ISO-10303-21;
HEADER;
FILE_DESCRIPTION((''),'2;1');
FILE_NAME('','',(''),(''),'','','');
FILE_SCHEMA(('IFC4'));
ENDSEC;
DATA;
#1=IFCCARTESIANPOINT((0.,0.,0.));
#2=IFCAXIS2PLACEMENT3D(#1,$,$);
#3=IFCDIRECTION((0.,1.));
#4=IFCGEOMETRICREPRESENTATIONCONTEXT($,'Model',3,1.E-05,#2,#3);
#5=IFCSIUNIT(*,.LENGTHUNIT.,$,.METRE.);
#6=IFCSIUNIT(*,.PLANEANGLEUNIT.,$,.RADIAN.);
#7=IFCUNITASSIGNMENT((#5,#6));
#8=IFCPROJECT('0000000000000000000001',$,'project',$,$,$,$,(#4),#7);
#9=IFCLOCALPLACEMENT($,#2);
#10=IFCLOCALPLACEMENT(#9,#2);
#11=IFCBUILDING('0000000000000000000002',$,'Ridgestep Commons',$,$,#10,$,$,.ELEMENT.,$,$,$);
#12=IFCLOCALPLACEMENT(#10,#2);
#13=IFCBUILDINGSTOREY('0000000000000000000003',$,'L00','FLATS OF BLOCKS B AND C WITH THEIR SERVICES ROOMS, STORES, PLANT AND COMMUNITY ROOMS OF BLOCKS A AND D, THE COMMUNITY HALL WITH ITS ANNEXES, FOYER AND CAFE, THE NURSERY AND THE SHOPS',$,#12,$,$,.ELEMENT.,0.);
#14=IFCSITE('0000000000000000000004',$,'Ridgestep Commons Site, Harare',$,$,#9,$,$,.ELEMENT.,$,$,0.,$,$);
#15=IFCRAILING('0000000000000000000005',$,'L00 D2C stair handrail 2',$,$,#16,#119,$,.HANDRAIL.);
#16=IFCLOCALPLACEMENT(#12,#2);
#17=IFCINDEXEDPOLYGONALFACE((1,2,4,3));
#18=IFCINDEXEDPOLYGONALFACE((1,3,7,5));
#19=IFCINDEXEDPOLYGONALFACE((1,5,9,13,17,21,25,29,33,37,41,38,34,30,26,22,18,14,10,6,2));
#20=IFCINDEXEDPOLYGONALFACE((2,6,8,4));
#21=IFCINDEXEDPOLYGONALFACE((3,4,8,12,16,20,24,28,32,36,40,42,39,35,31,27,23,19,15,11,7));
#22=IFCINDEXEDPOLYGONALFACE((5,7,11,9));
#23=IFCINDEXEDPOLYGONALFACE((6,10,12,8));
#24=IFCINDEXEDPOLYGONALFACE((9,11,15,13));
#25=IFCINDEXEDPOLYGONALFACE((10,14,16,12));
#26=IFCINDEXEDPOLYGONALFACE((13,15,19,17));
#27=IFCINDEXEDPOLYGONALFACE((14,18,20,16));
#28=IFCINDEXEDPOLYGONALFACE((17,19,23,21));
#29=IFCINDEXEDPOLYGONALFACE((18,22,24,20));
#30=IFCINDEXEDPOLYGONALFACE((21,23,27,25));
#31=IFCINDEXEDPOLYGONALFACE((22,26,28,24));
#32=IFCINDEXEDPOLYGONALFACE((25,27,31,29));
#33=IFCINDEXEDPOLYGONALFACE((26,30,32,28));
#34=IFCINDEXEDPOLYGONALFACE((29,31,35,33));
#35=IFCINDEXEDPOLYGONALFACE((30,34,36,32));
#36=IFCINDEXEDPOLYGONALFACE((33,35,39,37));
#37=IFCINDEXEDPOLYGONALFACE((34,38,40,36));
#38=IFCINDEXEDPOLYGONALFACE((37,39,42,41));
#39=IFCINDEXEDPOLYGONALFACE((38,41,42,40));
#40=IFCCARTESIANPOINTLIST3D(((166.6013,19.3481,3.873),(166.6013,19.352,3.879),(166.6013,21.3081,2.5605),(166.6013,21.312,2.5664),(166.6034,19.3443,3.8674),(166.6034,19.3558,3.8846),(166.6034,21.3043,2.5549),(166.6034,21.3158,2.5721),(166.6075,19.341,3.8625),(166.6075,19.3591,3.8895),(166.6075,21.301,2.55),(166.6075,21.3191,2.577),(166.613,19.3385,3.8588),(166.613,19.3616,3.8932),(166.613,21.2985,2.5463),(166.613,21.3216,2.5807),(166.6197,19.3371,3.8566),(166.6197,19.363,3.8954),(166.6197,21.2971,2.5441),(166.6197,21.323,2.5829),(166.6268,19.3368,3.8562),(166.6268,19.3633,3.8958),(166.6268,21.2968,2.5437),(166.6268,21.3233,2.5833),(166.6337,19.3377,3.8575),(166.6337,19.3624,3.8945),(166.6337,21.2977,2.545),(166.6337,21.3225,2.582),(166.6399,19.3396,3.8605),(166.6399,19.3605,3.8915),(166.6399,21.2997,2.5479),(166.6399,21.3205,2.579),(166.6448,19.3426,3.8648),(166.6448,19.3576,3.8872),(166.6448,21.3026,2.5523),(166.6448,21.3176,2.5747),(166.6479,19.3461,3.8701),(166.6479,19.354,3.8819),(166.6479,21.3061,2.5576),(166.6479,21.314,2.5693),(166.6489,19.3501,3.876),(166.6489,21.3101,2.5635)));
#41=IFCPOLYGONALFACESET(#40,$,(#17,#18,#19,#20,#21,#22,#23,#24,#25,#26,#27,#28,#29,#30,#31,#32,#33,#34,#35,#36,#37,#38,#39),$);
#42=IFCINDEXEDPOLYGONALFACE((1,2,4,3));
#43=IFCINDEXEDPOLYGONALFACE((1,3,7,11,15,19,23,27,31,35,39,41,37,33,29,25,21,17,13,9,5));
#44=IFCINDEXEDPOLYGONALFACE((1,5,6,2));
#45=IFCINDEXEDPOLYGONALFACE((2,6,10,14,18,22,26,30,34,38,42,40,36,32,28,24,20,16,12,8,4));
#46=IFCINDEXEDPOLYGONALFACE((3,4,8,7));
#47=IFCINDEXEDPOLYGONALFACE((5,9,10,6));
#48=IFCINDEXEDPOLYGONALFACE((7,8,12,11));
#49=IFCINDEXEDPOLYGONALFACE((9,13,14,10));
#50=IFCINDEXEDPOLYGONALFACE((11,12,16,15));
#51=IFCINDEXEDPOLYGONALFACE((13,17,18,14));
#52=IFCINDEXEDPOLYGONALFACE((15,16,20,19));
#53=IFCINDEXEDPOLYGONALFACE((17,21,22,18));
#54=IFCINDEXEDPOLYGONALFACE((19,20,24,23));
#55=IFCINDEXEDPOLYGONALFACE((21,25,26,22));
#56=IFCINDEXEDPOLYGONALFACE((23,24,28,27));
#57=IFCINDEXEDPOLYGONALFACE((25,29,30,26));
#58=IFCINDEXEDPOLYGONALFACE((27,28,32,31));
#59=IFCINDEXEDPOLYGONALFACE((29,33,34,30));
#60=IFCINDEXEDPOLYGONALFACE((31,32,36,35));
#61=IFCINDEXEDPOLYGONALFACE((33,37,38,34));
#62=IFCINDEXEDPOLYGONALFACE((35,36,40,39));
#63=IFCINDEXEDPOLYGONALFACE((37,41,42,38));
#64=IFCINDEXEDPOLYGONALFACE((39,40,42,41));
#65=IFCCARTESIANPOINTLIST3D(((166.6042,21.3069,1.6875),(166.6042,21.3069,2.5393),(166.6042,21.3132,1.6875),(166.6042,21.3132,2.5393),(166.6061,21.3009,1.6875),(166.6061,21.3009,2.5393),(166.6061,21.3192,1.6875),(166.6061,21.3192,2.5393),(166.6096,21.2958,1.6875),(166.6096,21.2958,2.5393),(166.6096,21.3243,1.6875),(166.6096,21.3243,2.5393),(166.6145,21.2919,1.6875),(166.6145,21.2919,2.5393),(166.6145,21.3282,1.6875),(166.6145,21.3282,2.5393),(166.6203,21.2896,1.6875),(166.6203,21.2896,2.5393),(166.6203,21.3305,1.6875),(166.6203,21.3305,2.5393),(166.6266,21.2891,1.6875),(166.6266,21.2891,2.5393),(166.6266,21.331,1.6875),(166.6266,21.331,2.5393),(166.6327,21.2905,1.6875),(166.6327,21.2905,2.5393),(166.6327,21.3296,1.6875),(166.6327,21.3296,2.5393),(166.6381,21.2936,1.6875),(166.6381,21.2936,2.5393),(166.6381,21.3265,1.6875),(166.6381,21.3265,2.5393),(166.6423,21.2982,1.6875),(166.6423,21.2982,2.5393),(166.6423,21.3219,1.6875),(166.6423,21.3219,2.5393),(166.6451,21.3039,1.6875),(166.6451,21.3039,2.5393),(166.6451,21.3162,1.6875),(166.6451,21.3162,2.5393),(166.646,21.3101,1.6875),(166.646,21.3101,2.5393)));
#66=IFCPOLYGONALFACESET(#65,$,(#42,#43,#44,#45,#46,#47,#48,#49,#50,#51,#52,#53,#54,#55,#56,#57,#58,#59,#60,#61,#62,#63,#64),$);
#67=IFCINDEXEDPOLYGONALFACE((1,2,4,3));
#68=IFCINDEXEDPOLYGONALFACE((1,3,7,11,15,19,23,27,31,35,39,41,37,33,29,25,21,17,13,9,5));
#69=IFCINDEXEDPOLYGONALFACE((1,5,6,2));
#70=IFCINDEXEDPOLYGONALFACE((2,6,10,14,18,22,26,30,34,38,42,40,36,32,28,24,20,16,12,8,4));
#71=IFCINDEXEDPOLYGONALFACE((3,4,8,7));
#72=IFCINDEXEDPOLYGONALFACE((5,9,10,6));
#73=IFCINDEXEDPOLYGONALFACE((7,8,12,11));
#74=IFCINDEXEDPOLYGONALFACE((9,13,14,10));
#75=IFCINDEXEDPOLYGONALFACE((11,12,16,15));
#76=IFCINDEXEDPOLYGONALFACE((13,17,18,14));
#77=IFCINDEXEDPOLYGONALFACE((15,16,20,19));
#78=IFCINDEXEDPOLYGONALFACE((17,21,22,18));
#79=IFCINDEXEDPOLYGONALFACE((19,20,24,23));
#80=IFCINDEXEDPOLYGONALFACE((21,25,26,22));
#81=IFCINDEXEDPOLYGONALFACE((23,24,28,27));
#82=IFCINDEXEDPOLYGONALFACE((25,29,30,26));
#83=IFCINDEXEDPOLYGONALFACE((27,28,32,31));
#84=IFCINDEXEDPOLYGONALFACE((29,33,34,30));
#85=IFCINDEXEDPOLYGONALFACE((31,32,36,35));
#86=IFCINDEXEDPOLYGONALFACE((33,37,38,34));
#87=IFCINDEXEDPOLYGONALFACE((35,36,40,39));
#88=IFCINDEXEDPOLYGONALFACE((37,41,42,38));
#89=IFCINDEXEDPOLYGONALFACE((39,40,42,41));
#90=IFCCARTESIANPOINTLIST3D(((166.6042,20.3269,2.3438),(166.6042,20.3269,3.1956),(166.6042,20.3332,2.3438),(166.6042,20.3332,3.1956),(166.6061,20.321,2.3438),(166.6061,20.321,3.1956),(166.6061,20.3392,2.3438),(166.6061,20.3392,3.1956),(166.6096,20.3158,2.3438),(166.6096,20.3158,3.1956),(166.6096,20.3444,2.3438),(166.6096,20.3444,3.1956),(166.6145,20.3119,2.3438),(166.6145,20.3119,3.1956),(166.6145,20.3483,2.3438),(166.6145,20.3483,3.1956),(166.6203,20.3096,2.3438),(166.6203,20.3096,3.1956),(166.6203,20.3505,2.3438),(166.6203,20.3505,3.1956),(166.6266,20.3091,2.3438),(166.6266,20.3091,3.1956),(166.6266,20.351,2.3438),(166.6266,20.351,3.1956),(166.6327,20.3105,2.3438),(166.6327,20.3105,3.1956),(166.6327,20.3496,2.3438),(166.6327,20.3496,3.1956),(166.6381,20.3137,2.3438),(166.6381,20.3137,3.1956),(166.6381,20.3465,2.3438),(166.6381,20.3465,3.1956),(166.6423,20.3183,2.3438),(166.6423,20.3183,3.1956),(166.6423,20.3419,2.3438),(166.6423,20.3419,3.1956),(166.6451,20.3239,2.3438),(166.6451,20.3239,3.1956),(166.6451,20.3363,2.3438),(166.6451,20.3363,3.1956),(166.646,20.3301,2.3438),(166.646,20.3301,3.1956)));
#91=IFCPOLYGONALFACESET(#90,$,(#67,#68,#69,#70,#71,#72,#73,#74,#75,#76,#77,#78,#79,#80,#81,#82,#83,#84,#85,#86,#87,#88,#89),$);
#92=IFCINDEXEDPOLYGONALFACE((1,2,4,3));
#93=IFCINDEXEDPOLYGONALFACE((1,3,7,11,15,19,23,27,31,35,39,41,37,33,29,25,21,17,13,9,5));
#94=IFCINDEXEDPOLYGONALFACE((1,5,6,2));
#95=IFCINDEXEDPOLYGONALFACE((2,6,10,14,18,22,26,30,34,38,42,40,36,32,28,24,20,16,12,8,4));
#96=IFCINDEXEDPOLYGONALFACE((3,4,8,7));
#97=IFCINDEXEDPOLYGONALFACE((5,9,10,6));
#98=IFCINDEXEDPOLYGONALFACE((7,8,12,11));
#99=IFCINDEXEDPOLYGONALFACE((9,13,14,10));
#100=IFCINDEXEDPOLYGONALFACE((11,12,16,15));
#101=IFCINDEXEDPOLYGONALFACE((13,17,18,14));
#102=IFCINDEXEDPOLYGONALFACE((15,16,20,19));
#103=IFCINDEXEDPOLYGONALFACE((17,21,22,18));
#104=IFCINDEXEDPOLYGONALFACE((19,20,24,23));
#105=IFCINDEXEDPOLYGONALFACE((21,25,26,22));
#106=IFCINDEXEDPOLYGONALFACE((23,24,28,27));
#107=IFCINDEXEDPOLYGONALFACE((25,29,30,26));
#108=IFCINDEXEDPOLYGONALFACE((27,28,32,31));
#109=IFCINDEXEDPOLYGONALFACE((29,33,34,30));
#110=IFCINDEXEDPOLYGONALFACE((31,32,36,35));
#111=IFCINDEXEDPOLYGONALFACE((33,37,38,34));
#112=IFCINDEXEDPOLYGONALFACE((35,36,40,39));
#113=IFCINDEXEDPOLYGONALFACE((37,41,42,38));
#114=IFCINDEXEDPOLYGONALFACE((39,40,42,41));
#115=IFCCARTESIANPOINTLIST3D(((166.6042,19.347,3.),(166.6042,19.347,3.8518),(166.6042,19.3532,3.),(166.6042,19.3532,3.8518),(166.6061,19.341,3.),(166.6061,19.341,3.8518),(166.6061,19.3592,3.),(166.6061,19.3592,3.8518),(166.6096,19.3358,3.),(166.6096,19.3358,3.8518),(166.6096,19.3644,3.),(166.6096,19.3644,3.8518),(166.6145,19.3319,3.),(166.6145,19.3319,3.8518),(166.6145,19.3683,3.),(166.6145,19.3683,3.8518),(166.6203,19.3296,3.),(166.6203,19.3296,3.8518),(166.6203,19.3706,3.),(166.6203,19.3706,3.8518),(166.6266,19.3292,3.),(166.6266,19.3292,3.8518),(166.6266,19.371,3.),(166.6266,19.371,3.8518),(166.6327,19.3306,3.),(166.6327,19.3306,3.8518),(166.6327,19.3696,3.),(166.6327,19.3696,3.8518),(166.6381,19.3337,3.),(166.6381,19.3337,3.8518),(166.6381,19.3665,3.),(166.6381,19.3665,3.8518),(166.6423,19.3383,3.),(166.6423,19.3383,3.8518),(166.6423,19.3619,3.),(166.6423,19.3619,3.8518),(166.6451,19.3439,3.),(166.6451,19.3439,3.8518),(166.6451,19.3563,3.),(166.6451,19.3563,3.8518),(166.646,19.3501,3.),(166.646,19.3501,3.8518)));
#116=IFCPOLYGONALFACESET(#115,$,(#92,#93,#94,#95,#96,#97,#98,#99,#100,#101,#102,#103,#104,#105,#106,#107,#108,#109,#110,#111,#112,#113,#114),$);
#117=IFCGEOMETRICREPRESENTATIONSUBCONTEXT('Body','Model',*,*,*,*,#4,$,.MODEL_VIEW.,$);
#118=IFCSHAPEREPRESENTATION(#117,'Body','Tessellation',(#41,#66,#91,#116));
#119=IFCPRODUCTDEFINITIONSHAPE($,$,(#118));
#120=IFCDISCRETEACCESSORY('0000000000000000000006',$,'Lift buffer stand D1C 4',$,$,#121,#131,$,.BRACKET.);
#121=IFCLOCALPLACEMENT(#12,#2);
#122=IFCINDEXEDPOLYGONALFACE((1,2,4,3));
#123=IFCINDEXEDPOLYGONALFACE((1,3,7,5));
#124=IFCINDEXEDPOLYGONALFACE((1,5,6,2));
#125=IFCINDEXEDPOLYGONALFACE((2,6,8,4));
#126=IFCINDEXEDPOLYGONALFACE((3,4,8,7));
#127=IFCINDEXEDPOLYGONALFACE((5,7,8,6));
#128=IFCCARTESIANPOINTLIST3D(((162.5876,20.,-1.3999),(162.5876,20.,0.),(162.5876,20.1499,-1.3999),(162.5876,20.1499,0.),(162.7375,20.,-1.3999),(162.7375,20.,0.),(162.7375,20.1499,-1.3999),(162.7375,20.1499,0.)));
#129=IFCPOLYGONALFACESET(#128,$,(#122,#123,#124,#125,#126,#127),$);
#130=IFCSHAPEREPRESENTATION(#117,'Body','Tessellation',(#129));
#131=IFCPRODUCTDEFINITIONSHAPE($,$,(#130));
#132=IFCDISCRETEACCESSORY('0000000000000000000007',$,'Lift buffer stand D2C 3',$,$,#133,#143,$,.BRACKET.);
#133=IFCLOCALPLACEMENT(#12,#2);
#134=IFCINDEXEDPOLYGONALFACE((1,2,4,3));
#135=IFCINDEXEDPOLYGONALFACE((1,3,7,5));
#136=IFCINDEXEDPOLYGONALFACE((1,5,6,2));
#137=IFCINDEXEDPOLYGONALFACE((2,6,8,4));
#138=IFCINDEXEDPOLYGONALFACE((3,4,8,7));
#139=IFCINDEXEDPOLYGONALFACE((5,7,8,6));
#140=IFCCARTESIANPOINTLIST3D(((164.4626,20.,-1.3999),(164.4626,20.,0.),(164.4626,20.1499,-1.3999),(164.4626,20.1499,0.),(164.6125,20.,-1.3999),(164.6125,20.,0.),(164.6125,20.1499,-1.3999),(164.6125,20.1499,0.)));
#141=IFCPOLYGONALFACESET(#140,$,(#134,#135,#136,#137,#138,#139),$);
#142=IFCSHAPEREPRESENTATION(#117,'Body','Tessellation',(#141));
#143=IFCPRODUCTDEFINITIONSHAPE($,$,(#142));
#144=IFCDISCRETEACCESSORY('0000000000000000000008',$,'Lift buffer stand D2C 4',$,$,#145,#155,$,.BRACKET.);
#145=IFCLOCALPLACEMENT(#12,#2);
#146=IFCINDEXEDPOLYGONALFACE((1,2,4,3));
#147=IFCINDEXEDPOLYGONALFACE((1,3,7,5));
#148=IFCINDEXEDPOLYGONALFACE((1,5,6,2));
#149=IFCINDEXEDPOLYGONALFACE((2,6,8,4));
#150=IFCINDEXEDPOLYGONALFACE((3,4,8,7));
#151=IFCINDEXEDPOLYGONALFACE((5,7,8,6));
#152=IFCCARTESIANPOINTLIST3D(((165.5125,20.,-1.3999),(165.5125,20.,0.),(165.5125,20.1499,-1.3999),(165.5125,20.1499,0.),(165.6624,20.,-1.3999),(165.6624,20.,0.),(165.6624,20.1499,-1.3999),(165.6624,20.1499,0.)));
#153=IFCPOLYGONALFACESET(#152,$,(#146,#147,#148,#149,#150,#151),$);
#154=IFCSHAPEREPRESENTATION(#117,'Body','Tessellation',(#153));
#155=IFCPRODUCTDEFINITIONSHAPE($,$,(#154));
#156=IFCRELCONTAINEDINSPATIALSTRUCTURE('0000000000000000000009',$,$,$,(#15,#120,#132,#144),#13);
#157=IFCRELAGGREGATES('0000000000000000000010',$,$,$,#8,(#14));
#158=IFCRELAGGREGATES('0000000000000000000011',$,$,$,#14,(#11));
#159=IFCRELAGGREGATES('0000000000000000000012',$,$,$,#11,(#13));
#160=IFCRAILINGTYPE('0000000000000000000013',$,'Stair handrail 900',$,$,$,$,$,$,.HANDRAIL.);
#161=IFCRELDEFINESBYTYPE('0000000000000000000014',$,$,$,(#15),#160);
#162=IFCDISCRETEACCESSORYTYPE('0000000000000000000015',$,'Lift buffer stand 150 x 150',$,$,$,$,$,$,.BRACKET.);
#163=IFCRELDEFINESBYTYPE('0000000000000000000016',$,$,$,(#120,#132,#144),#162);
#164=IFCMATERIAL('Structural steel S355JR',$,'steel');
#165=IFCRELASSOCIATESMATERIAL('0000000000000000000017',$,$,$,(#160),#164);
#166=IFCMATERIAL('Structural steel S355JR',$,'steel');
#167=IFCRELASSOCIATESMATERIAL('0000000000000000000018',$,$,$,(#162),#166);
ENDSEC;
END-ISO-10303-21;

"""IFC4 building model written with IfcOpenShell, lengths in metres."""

from ifc_helpers import new_model, si_unit, direction, frame, origin, origin_2d, place, context, subcontext, project, spatial, rectangle, circle, extrude, material, type_object, element, save


model = new_model("IFC4")

# Units and contexts
model_context = context("Model", 3, precision=1e-05, world=origin(), true_north=direction((0.0, 1.0)))
body_context = subcontext(model_context, "Body", "Model", "MODEL_VIEW")
ifc_project = project(units=[si_unit("LENGTHUNIT", "METRE"), si_unit("PLANEANGLEUNIT", "RADIAN")], contexts=[model_context])

# Site, building, storey
site_placement = place(None, origin())
site = spatial("IfcSite", under=ifc_project, at=site_placement, Name="Ridgestep Commons Site, Harare", CompositionType="ELEMENT", RefElevation=0.0)
building_placement = place(site_placement, origin())
building = spatial("IfcBuilding", under=site, at=building_placement, Name="Ridgestep Commons", CompositionType="ELEMENT")
storey_placement = place(building_placement, origin())
storey = spatial("IfcBuildingStorey", under=building, at=storey_placement, Name="L00", Description="FLATS OF BLOCKS B AND C WITH THEIR SERVICES ROOMS, STORES, PLANT AND COMMUNITY ROOMS OF BLOCKS A AND D, THE COMMUNITY HALL WITH ITS ANNEXES, FOYER AND CAFE, THE NURSERY AND THE SHOPS", CompositionType="ELEMENT", Elevation=0.0)

# Railing
ifc_material_1 = material(Name="Structural steel S355JR", Category="steel")
railing_type = type_object("IfcRailingType", Name="Stair handrail 900", PredefinedType="HANDRAIL", material=ifc_material_1)
railing_placement = place(storey_placement, frame((166.625, 21.3101, 1.6875)))
element("IfcRailing", 1, at=railing_placement, inside=storey, type_object=railing_type, Name="L00 D2C stair handrail 2", PredefinedType="HANDRAIL", context=body_context, shape_type="SweptSolid", body=[
    extrude(circle(Radius=0.0239, at=origin_2d()), frame((0.0, 0.0, 0.876), z_axis=(0.0, -0.830902, 0.556419), x_axis=(1.0, 0.0, 0.0)), (0.0, 0.0, 1.0), 2.3589),
    extrude(circle(Radius=0.021, at=origin_2d()), origin(), (0.0, 0.0, 1.0), 0.8518),
    extrude(circle(Radius=0.021, at=origin_2d()), frame((0.0, -0.98, 0.6562)), (0.0, 0.0, 1.0), 0.8518),
    extrude(circle(Radius=0.021, at=origin_2d()), frame((0.0, -1.96, 1.3125)), (0.0, 0.0, 1.0), 0.8518),
])

# Discrete accessories
ifc_material_2 = material(Name="Structural steel S355JR", Category="steel")
discrete_accessory_type = type_object("IfcDiscreteAccessoryType", Name="Lift buffer stand 150 x 150", PredefinedType="BRACKET", material=ifc_material_2)
for number, where, z_axis, x_axis, name in (
    (2, (162.6626, 20.075, -1.3999), (0.0, 0.0, 1.0), (1.0, 0.0, 0.0), "Lift buffer stand D1C 4"),
    (3, (164.5376, 20.075, -1.3999), (0.0, 0.0, 1.0), (1.0, 0.0, 0.0), "Lift buffer stand D2C 3"),
    (4, (165.5874, 20.075, -1.3999), (0.0, 0.0, 1.0), (1.0, 0.0, 0.0), "Lift buffer stand D2C 4"),
):
    element("IfcDiscreteAccessory", number, at=place(storey_placement, frame(where, z_axis=z_axis, x_axis=x_axis)), inside=storey, type_object=discrete_accessory_type, Name=name, PredefinedType="BRACKET", context=body_context, shape_type="SweptSolid", body=[
        extrude(rectangle(XDim=0.1499, YDim=0.1499, at=origin_2d()), origin(), (0.0, 0.0, 1.0), 1.3999),
    ])

save(model, "model.ifc")
